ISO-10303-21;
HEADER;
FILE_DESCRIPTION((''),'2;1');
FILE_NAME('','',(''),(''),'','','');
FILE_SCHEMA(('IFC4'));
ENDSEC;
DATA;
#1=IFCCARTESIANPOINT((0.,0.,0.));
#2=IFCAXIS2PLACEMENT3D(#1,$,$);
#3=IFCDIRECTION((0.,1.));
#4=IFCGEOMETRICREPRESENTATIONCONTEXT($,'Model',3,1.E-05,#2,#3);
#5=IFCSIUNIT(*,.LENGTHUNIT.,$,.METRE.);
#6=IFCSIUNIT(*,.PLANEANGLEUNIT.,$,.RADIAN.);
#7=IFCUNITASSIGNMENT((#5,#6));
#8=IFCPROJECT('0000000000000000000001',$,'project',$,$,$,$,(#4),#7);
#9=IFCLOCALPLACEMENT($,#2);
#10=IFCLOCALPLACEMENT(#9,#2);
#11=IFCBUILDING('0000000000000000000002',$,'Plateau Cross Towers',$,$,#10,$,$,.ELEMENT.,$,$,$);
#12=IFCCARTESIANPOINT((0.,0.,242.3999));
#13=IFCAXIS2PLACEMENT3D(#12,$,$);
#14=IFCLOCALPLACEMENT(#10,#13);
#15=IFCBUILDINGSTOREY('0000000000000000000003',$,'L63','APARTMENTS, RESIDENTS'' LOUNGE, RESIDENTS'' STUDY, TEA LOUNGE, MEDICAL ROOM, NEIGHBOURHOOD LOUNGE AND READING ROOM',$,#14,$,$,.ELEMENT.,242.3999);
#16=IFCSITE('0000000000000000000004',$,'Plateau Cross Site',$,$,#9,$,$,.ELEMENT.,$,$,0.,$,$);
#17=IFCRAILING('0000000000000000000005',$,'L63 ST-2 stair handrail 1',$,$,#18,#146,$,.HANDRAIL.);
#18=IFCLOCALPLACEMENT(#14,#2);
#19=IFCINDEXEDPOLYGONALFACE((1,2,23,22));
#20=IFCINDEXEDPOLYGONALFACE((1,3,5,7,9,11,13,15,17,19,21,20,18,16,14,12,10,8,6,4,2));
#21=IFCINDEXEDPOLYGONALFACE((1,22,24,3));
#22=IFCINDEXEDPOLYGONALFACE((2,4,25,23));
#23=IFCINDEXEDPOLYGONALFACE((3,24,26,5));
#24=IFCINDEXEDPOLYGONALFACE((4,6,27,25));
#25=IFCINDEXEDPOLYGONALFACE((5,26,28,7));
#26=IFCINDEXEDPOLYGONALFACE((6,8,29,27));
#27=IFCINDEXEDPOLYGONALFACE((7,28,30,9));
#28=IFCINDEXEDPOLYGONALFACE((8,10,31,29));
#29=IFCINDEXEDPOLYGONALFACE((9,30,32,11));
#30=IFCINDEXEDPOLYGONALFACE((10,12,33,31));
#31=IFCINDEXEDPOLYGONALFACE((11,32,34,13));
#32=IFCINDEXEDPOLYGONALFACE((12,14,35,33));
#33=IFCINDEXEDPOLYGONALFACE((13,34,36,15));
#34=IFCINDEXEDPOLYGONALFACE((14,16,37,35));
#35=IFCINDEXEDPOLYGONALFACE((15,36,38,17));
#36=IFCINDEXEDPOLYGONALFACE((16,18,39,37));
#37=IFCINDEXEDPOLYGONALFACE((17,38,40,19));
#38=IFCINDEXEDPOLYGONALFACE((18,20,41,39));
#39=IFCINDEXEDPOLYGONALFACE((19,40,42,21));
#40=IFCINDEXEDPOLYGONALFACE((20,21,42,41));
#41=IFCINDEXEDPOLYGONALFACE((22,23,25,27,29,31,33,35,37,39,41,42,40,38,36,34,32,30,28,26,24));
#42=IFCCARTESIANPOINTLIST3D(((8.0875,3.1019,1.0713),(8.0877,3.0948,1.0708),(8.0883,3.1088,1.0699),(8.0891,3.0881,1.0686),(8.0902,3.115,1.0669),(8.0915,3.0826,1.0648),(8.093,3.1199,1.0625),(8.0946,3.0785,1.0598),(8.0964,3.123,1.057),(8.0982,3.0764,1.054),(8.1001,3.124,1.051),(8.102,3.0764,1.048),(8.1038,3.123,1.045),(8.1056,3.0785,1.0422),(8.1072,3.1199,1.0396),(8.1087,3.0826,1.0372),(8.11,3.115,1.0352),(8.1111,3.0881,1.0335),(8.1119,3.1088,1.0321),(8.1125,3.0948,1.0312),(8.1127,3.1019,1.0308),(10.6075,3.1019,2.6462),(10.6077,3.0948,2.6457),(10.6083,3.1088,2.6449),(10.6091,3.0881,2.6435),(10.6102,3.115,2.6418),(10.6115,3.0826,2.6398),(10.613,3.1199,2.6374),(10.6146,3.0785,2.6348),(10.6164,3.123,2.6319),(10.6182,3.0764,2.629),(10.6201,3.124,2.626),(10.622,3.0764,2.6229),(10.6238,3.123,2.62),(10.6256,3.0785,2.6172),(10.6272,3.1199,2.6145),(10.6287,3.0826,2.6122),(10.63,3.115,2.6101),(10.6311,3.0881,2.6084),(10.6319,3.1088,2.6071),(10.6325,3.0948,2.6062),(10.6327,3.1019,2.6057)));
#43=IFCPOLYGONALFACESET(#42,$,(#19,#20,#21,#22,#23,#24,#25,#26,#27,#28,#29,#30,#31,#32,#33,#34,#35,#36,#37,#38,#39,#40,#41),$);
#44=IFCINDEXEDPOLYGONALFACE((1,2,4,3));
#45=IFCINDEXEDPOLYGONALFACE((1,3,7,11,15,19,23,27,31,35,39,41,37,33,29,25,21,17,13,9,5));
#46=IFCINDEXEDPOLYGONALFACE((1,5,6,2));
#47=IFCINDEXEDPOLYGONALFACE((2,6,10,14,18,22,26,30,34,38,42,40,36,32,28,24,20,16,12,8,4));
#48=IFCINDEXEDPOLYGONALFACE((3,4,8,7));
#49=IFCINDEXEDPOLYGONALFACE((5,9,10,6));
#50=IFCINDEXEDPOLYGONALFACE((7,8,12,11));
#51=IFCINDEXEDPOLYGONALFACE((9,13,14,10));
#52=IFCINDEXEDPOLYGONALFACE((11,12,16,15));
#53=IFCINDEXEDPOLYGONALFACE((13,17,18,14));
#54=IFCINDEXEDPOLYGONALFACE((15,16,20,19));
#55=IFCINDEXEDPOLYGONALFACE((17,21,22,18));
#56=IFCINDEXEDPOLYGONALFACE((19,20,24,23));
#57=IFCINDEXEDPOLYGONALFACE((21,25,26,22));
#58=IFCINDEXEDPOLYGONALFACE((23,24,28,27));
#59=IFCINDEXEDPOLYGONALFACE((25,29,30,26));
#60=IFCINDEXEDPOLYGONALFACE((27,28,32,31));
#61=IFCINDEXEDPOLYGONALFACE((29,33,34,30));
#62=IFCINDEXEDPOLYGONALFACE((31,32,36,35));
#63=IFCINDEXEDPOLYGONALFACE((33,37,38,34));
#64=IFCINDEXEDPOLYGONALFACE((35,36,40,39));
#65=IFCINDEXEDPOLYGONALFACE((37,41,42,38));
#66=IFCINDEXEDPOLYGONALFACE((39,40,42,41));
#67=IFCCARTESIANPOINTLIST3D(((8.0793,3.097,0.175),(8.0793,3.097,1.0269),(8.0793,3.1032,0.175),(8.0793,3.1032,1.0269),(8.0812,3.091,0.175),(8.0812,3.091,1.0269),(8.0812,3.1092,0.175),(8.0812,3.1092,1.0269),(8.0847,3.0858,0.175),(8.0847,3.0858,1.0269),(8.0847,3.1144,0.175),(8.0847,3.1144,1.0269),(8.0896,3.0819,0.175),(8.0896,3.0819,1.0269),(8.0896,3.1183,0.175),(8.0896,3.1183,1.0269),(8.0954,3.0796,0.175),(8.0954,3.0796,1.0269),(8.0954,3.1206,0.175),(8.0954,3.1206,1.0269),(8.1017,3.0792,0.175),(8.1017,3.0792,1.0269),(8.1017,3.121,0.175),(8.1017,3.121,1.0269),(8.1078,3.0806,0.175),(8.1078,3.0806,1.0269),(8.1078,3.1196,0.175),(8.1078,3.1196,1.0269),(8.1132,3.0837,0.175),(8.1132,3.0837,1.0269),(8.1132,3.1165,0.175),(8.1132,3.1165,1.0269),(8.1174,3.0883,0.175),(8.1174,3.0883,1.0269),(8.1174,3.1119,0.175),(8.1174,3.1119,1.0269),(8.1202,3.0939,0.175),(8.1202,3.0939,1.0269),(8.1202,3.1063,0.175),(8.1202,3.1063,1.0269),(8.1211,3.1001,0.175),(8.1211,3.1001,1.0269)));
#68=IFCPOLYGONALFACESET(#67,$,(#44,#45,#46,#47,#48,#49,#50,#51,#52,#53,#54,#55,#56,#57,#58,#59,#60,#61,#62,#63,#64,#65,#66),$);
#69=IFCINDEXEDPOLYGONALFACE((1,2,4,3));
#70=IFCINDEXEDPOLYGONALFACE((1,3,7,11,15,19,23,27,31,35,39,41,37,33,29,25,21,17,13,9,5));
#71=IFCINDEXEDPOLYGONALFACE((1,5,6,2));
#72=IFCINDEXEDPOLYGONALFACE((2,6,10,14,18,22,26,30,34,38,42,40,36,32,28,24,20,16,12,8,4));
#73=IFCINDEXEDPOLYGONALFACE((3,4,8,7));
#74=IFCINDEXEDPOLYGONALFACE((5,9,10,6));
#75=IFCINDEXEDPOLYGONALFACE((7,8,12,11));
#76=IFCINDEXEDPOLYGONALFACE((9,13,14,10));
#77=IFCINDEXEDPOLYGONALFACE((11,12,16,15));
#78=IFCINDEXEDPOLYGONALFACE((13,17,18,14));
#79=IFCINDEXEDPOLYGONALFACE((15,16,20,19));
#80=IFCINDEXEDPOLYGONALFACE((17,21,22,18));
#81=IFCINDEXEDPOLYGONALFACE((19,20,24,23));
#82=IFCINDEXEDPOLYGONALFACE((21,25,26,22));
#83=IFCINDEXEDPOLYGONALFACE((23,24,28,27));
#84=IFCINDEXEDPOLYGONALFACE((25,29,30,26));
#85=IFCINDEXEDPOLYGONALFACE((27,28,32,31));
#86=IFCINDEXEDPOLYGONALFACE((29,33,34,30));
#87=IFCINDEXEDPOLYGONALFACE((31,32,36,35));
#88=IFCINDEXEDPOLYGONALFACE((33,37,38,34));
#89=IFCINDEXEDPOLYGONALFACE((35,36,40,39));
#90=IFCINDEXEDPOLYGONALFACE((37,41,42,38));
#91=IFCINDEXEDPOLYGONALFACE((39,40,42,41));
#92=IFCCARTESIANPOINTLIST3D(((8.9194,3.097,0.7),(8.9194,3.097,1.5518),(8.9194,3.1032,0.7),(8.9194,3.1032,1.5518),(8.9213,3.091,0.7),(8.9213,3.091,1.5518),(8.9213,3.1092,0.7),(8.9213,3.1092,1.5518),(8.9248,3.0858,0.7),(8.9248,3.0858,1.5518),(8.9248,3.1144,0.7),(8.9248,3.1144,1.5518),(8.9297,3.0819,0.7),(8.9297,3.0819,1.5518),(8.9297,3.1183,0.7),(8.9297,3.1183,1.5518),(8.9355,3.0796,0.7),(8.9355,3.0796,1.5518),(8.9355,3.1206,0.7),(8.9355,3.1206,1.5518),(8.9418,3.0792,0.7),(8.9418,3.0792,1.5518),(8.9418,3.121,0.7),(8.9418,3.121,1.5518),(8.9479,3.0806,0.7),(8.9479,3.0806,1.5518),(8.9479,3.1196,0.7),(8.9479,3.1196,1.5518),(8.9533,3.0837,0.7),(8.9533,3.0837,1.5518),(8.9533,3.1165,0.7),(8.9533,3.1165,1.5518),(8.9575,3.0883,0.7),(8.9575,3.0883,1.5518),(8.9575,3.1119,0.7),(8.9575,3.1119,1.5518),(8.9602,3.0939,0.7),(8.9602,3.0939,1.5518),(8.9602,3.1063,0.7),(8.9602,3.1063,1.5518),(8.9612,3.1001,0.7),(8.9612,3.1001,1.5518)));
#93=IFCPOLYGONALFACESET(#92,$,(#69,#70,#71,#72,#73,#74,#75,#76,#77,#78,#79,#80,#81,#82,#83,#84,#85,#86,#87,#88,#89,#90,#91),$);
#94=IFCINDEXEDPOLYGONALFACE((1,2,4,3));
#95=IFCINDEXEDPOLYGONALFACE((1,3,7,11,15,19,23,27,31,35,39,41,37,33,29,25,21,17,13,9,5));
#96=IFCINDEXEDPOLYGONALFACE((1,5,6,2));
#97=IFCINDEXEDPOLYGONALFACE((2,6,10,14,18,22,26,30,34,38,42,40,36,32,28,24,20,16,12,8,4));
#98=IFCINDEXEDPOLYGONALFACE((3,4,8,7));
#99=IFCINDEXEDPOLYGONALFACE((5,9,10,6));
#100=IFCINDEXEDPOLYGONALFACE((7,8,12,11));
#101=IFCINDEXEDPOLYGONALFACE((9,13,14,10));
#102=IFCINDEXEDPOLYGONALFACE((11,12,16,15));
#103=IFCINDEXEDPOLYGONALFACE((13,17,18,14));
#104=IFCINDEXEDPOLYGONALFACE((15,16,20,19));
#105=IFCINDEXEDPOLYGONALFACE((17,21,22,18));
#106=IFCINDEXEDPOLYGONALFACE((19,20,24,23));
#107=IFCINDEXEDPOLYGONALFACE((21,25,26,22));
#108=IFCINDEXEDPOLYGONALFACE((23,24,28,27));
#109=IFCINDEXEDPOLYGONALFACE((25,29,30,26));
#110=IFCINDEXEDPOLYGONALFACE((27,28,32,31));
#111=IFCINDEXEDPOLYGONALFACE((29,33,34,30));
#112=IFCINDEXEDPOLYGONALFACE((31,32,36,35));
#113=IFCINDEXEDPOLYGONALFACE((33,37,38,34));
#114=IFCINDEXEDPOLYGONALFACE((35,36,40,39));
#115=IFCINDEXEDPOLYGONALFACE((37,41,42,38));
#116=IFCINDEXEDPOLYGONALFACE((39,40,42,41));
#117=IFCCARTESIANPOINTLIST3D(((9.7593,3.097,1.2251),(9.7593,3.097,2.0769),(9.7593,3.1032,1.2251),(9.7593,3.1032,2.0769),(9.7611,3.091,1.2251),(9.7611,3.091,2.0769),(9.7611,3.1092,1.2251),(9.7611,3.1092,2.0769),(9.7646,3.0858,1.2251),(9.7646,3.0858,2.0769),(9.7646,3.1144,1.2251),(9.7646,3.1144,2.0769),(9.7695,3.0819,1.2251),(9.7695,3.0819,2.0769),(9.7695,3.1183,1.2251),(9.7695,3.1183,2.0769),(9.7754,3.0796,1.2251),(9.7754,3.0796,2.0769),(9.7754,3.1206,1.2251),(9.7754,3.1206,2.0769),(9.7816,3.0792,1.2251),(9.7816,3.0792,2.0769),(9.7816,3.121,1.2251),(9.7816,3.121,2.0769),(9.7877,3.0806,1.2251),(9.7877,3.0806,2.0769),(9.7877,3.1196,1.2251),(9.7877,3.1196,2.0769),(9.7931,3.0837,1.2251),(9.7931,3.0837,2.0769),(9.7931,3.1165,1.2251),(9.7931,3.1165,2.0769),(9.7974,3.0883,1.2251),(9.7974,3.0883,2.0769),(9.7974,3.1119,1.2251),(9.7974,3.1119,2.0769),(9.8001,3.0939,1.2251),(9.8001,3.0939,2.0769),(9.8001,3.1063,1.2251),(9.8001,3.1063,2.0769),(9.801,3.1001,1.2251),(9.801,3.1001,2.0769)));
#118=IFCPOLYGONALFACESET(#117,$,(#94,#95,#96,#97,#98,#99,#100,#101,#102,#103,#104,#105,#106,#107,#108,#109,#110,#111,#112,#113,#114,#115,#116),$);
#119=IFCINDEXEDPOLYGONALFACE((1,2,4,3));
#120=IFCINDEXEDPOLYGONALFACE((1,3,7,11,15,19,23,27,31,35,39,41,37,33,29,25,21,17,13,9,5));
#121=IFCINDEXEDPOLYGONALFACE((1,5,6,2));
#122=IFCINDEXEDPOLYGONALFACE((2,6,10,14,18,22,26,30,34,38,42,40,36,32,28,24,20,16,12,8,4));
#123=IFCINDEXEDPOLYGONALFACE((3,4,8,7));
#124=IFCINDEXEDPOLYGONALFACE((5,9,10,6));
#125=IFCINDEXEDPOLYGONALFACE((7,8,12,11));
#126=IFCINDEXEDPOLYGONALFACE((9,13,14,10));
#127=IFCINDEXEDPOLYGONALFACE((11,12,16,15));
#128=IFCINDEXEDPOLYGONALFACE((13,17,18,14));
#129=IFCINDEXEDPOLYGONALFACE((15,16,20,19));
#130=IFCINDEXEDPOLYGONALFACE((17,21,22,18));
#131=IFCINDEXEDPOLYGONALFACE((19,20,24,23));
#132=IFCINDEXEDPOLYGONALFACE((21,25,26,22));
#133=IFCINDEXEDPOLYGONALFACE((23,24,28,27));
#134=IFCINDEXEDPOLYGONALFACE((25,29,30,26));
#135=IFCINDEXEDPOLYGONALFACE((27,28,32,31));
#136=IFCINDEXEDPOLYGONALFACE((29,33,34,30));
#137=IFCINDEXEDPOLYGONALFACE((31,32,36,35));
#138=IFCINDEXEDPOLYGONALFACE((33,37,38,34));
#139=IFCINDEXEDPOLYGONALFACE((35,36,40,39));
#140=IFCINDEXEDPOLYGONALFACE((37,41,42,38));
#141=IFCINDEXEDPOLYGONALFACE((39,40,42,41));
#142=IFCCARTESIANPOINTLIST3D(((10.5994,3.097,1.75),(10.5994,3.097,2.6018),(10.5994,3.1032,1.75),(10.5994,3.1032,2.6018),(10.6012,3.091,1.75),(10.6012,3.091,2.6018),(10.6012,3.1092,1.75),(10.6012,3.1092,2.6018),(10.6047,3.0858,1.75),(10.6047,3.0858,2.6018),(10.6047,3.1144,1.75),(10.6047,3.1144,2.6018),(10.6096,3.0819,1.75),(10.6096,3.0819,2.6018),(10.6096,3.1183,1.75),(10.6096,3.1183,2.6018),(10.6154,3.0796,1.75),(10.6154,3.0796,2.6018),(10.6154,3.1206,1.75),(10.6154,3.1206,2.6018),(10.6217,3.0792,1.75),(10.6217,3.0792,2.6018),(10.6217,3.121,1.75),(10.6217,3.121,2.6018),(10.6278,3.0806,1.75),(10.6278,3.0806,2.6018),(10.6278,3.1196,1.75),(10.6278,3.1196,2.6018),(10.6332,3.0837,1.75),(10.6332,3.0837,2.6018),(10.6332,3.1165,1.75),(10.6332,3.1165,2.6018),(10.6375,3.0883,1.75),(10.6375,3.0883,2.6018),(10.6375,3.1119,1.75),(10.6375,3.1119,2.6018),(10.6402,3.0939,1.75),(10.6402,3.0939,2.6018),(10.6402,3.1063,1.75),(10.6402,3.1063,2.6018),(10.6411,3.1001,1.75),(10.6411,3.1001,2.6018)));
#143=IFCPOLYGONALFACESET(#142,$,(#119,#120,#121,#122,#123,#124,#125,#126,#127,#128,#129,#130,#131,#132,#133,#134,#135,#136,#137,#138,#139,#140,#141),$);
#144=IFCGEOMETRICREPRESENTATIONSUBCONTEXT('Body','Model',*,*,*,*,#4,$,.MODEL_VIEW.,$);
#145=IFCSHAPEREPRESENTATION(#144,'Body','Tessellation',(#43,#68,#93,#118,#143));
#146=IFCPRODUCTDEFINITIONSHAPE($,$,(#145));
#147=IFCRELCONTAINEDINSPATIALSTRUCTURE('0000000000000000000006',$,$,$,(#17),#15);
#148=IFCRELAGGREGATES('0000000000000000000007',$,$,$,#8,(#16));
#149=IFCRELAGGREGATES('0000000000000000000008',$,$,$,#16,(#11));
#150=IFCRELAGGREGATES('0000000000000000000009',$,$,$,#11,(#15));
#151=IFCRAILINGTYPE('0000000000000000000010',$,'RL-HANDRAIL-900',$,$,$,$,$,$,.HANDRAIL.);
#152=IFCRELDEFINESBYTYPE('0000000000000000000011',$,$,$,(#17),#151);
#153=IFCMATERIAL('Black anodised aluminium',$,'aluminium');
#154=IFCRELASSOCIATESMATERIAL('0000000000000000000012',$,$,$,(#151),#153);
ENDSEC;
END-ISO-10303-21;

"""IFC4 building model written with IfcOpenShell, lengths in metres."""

from ifc_helpers import new_model, si_unit, direction, frame, origin, origin_2d, place, context, subcontext, project, spatial, circle, extrude, material, type_object, element, save


model = new_model("IFC4")

# Units and contexts
model_context = context("Model", 3, precision=1e-05, world=origin(), true_north=direction((0.0, 1.0)))
body_context = subcontext(model_context, "Body", "Model", "MODEL_VIEW")
ifc_project = project(units=[si_unit("LENGTHUNIT", "METRE"), si_unit("PLANEANGLEUNIT", "RADIAN")], contexts=[model_context])

# Site, building, storey
site_placement = place(None, origin())
site = spatial("IfcSite", under=ifc_project, at=site_placement, Name="Plateau Cross Site", CompositionType="ELEMENT", RefElevation=0.0)
building_placement = place(site_placement, origin())
building = spatial("IfcBuilding", under=site, at=building_placement, Name="Plateau Cross Towers", CompositionType="ELEMENT")
storey_placement = place(building_placement, frame((0.0, 0.0, 242.3999)))
storey = spatial("IfcBuildingStorey", under=building, at=storey_placement, Name="L63", Description="APARTMENTS, RESIDENTS' LOUNGE, RESIDENTS' STUDY, TEA LOUNGE, MEDICAL ROOM, NEIGHBOURHOOD LOUNGE AND READING ROOM", CompositionType="ELEMENT", Elevation=242.3999)

# Shared definitions
ifc_material_1 = material(Name="Black anodised aluminium", Category="aluminium")

# Railing
railing_type_1 = type_object("IfcRailingType", Name="RL-HANDRAIL-900", PredefinedType="HANDRAIL", material=ifc_material_1)
railing_1_placement = place(storey_placement, frame((8.1001, 3.1001, 0.175)))
element("IfcRailing", 1, at=railing_1_placement, inside=storey, type_object=railing_type_1, Name="L63 ST-2 stair handrail 1", PredefinedType="HANDRAIL", context=body_context, shape_type="SweptSolid", body=[
    extrude(circle(Radius=0.0239, at=origin_2d()), frame((0.0, 0.0, 0.876), z_axis=(0.848008, 0.0, 0.529984), x_axis=(0.0, 1.0, 0.0)), (0.0, 0.0, 1.0), 2.9717),
    extrude(circle(Radius=0.021, at=origin_2d()), origin(), (0.0, 0.0, 1.0), 0.8518),
    extrude(circle(Radius=0.021, at=origin_2d()), frame((0.8401, 0.0, 0.5249)), (0.0, 0.0, 1.0), 0.8518),
    extrude(circle(Radius=0.021, at=origin_2d()), frame((1.6799, 0.0, 1.05)), (0.0, 0.0, 1.0), 0.8518),
    extrude(circle(Radius=0.021, at=origin_2d()), frame((2.52, 0.0, 1.575)), (0.0, 0.0, 1.0), 0.8518),
])

save(model, "model.ifc")
